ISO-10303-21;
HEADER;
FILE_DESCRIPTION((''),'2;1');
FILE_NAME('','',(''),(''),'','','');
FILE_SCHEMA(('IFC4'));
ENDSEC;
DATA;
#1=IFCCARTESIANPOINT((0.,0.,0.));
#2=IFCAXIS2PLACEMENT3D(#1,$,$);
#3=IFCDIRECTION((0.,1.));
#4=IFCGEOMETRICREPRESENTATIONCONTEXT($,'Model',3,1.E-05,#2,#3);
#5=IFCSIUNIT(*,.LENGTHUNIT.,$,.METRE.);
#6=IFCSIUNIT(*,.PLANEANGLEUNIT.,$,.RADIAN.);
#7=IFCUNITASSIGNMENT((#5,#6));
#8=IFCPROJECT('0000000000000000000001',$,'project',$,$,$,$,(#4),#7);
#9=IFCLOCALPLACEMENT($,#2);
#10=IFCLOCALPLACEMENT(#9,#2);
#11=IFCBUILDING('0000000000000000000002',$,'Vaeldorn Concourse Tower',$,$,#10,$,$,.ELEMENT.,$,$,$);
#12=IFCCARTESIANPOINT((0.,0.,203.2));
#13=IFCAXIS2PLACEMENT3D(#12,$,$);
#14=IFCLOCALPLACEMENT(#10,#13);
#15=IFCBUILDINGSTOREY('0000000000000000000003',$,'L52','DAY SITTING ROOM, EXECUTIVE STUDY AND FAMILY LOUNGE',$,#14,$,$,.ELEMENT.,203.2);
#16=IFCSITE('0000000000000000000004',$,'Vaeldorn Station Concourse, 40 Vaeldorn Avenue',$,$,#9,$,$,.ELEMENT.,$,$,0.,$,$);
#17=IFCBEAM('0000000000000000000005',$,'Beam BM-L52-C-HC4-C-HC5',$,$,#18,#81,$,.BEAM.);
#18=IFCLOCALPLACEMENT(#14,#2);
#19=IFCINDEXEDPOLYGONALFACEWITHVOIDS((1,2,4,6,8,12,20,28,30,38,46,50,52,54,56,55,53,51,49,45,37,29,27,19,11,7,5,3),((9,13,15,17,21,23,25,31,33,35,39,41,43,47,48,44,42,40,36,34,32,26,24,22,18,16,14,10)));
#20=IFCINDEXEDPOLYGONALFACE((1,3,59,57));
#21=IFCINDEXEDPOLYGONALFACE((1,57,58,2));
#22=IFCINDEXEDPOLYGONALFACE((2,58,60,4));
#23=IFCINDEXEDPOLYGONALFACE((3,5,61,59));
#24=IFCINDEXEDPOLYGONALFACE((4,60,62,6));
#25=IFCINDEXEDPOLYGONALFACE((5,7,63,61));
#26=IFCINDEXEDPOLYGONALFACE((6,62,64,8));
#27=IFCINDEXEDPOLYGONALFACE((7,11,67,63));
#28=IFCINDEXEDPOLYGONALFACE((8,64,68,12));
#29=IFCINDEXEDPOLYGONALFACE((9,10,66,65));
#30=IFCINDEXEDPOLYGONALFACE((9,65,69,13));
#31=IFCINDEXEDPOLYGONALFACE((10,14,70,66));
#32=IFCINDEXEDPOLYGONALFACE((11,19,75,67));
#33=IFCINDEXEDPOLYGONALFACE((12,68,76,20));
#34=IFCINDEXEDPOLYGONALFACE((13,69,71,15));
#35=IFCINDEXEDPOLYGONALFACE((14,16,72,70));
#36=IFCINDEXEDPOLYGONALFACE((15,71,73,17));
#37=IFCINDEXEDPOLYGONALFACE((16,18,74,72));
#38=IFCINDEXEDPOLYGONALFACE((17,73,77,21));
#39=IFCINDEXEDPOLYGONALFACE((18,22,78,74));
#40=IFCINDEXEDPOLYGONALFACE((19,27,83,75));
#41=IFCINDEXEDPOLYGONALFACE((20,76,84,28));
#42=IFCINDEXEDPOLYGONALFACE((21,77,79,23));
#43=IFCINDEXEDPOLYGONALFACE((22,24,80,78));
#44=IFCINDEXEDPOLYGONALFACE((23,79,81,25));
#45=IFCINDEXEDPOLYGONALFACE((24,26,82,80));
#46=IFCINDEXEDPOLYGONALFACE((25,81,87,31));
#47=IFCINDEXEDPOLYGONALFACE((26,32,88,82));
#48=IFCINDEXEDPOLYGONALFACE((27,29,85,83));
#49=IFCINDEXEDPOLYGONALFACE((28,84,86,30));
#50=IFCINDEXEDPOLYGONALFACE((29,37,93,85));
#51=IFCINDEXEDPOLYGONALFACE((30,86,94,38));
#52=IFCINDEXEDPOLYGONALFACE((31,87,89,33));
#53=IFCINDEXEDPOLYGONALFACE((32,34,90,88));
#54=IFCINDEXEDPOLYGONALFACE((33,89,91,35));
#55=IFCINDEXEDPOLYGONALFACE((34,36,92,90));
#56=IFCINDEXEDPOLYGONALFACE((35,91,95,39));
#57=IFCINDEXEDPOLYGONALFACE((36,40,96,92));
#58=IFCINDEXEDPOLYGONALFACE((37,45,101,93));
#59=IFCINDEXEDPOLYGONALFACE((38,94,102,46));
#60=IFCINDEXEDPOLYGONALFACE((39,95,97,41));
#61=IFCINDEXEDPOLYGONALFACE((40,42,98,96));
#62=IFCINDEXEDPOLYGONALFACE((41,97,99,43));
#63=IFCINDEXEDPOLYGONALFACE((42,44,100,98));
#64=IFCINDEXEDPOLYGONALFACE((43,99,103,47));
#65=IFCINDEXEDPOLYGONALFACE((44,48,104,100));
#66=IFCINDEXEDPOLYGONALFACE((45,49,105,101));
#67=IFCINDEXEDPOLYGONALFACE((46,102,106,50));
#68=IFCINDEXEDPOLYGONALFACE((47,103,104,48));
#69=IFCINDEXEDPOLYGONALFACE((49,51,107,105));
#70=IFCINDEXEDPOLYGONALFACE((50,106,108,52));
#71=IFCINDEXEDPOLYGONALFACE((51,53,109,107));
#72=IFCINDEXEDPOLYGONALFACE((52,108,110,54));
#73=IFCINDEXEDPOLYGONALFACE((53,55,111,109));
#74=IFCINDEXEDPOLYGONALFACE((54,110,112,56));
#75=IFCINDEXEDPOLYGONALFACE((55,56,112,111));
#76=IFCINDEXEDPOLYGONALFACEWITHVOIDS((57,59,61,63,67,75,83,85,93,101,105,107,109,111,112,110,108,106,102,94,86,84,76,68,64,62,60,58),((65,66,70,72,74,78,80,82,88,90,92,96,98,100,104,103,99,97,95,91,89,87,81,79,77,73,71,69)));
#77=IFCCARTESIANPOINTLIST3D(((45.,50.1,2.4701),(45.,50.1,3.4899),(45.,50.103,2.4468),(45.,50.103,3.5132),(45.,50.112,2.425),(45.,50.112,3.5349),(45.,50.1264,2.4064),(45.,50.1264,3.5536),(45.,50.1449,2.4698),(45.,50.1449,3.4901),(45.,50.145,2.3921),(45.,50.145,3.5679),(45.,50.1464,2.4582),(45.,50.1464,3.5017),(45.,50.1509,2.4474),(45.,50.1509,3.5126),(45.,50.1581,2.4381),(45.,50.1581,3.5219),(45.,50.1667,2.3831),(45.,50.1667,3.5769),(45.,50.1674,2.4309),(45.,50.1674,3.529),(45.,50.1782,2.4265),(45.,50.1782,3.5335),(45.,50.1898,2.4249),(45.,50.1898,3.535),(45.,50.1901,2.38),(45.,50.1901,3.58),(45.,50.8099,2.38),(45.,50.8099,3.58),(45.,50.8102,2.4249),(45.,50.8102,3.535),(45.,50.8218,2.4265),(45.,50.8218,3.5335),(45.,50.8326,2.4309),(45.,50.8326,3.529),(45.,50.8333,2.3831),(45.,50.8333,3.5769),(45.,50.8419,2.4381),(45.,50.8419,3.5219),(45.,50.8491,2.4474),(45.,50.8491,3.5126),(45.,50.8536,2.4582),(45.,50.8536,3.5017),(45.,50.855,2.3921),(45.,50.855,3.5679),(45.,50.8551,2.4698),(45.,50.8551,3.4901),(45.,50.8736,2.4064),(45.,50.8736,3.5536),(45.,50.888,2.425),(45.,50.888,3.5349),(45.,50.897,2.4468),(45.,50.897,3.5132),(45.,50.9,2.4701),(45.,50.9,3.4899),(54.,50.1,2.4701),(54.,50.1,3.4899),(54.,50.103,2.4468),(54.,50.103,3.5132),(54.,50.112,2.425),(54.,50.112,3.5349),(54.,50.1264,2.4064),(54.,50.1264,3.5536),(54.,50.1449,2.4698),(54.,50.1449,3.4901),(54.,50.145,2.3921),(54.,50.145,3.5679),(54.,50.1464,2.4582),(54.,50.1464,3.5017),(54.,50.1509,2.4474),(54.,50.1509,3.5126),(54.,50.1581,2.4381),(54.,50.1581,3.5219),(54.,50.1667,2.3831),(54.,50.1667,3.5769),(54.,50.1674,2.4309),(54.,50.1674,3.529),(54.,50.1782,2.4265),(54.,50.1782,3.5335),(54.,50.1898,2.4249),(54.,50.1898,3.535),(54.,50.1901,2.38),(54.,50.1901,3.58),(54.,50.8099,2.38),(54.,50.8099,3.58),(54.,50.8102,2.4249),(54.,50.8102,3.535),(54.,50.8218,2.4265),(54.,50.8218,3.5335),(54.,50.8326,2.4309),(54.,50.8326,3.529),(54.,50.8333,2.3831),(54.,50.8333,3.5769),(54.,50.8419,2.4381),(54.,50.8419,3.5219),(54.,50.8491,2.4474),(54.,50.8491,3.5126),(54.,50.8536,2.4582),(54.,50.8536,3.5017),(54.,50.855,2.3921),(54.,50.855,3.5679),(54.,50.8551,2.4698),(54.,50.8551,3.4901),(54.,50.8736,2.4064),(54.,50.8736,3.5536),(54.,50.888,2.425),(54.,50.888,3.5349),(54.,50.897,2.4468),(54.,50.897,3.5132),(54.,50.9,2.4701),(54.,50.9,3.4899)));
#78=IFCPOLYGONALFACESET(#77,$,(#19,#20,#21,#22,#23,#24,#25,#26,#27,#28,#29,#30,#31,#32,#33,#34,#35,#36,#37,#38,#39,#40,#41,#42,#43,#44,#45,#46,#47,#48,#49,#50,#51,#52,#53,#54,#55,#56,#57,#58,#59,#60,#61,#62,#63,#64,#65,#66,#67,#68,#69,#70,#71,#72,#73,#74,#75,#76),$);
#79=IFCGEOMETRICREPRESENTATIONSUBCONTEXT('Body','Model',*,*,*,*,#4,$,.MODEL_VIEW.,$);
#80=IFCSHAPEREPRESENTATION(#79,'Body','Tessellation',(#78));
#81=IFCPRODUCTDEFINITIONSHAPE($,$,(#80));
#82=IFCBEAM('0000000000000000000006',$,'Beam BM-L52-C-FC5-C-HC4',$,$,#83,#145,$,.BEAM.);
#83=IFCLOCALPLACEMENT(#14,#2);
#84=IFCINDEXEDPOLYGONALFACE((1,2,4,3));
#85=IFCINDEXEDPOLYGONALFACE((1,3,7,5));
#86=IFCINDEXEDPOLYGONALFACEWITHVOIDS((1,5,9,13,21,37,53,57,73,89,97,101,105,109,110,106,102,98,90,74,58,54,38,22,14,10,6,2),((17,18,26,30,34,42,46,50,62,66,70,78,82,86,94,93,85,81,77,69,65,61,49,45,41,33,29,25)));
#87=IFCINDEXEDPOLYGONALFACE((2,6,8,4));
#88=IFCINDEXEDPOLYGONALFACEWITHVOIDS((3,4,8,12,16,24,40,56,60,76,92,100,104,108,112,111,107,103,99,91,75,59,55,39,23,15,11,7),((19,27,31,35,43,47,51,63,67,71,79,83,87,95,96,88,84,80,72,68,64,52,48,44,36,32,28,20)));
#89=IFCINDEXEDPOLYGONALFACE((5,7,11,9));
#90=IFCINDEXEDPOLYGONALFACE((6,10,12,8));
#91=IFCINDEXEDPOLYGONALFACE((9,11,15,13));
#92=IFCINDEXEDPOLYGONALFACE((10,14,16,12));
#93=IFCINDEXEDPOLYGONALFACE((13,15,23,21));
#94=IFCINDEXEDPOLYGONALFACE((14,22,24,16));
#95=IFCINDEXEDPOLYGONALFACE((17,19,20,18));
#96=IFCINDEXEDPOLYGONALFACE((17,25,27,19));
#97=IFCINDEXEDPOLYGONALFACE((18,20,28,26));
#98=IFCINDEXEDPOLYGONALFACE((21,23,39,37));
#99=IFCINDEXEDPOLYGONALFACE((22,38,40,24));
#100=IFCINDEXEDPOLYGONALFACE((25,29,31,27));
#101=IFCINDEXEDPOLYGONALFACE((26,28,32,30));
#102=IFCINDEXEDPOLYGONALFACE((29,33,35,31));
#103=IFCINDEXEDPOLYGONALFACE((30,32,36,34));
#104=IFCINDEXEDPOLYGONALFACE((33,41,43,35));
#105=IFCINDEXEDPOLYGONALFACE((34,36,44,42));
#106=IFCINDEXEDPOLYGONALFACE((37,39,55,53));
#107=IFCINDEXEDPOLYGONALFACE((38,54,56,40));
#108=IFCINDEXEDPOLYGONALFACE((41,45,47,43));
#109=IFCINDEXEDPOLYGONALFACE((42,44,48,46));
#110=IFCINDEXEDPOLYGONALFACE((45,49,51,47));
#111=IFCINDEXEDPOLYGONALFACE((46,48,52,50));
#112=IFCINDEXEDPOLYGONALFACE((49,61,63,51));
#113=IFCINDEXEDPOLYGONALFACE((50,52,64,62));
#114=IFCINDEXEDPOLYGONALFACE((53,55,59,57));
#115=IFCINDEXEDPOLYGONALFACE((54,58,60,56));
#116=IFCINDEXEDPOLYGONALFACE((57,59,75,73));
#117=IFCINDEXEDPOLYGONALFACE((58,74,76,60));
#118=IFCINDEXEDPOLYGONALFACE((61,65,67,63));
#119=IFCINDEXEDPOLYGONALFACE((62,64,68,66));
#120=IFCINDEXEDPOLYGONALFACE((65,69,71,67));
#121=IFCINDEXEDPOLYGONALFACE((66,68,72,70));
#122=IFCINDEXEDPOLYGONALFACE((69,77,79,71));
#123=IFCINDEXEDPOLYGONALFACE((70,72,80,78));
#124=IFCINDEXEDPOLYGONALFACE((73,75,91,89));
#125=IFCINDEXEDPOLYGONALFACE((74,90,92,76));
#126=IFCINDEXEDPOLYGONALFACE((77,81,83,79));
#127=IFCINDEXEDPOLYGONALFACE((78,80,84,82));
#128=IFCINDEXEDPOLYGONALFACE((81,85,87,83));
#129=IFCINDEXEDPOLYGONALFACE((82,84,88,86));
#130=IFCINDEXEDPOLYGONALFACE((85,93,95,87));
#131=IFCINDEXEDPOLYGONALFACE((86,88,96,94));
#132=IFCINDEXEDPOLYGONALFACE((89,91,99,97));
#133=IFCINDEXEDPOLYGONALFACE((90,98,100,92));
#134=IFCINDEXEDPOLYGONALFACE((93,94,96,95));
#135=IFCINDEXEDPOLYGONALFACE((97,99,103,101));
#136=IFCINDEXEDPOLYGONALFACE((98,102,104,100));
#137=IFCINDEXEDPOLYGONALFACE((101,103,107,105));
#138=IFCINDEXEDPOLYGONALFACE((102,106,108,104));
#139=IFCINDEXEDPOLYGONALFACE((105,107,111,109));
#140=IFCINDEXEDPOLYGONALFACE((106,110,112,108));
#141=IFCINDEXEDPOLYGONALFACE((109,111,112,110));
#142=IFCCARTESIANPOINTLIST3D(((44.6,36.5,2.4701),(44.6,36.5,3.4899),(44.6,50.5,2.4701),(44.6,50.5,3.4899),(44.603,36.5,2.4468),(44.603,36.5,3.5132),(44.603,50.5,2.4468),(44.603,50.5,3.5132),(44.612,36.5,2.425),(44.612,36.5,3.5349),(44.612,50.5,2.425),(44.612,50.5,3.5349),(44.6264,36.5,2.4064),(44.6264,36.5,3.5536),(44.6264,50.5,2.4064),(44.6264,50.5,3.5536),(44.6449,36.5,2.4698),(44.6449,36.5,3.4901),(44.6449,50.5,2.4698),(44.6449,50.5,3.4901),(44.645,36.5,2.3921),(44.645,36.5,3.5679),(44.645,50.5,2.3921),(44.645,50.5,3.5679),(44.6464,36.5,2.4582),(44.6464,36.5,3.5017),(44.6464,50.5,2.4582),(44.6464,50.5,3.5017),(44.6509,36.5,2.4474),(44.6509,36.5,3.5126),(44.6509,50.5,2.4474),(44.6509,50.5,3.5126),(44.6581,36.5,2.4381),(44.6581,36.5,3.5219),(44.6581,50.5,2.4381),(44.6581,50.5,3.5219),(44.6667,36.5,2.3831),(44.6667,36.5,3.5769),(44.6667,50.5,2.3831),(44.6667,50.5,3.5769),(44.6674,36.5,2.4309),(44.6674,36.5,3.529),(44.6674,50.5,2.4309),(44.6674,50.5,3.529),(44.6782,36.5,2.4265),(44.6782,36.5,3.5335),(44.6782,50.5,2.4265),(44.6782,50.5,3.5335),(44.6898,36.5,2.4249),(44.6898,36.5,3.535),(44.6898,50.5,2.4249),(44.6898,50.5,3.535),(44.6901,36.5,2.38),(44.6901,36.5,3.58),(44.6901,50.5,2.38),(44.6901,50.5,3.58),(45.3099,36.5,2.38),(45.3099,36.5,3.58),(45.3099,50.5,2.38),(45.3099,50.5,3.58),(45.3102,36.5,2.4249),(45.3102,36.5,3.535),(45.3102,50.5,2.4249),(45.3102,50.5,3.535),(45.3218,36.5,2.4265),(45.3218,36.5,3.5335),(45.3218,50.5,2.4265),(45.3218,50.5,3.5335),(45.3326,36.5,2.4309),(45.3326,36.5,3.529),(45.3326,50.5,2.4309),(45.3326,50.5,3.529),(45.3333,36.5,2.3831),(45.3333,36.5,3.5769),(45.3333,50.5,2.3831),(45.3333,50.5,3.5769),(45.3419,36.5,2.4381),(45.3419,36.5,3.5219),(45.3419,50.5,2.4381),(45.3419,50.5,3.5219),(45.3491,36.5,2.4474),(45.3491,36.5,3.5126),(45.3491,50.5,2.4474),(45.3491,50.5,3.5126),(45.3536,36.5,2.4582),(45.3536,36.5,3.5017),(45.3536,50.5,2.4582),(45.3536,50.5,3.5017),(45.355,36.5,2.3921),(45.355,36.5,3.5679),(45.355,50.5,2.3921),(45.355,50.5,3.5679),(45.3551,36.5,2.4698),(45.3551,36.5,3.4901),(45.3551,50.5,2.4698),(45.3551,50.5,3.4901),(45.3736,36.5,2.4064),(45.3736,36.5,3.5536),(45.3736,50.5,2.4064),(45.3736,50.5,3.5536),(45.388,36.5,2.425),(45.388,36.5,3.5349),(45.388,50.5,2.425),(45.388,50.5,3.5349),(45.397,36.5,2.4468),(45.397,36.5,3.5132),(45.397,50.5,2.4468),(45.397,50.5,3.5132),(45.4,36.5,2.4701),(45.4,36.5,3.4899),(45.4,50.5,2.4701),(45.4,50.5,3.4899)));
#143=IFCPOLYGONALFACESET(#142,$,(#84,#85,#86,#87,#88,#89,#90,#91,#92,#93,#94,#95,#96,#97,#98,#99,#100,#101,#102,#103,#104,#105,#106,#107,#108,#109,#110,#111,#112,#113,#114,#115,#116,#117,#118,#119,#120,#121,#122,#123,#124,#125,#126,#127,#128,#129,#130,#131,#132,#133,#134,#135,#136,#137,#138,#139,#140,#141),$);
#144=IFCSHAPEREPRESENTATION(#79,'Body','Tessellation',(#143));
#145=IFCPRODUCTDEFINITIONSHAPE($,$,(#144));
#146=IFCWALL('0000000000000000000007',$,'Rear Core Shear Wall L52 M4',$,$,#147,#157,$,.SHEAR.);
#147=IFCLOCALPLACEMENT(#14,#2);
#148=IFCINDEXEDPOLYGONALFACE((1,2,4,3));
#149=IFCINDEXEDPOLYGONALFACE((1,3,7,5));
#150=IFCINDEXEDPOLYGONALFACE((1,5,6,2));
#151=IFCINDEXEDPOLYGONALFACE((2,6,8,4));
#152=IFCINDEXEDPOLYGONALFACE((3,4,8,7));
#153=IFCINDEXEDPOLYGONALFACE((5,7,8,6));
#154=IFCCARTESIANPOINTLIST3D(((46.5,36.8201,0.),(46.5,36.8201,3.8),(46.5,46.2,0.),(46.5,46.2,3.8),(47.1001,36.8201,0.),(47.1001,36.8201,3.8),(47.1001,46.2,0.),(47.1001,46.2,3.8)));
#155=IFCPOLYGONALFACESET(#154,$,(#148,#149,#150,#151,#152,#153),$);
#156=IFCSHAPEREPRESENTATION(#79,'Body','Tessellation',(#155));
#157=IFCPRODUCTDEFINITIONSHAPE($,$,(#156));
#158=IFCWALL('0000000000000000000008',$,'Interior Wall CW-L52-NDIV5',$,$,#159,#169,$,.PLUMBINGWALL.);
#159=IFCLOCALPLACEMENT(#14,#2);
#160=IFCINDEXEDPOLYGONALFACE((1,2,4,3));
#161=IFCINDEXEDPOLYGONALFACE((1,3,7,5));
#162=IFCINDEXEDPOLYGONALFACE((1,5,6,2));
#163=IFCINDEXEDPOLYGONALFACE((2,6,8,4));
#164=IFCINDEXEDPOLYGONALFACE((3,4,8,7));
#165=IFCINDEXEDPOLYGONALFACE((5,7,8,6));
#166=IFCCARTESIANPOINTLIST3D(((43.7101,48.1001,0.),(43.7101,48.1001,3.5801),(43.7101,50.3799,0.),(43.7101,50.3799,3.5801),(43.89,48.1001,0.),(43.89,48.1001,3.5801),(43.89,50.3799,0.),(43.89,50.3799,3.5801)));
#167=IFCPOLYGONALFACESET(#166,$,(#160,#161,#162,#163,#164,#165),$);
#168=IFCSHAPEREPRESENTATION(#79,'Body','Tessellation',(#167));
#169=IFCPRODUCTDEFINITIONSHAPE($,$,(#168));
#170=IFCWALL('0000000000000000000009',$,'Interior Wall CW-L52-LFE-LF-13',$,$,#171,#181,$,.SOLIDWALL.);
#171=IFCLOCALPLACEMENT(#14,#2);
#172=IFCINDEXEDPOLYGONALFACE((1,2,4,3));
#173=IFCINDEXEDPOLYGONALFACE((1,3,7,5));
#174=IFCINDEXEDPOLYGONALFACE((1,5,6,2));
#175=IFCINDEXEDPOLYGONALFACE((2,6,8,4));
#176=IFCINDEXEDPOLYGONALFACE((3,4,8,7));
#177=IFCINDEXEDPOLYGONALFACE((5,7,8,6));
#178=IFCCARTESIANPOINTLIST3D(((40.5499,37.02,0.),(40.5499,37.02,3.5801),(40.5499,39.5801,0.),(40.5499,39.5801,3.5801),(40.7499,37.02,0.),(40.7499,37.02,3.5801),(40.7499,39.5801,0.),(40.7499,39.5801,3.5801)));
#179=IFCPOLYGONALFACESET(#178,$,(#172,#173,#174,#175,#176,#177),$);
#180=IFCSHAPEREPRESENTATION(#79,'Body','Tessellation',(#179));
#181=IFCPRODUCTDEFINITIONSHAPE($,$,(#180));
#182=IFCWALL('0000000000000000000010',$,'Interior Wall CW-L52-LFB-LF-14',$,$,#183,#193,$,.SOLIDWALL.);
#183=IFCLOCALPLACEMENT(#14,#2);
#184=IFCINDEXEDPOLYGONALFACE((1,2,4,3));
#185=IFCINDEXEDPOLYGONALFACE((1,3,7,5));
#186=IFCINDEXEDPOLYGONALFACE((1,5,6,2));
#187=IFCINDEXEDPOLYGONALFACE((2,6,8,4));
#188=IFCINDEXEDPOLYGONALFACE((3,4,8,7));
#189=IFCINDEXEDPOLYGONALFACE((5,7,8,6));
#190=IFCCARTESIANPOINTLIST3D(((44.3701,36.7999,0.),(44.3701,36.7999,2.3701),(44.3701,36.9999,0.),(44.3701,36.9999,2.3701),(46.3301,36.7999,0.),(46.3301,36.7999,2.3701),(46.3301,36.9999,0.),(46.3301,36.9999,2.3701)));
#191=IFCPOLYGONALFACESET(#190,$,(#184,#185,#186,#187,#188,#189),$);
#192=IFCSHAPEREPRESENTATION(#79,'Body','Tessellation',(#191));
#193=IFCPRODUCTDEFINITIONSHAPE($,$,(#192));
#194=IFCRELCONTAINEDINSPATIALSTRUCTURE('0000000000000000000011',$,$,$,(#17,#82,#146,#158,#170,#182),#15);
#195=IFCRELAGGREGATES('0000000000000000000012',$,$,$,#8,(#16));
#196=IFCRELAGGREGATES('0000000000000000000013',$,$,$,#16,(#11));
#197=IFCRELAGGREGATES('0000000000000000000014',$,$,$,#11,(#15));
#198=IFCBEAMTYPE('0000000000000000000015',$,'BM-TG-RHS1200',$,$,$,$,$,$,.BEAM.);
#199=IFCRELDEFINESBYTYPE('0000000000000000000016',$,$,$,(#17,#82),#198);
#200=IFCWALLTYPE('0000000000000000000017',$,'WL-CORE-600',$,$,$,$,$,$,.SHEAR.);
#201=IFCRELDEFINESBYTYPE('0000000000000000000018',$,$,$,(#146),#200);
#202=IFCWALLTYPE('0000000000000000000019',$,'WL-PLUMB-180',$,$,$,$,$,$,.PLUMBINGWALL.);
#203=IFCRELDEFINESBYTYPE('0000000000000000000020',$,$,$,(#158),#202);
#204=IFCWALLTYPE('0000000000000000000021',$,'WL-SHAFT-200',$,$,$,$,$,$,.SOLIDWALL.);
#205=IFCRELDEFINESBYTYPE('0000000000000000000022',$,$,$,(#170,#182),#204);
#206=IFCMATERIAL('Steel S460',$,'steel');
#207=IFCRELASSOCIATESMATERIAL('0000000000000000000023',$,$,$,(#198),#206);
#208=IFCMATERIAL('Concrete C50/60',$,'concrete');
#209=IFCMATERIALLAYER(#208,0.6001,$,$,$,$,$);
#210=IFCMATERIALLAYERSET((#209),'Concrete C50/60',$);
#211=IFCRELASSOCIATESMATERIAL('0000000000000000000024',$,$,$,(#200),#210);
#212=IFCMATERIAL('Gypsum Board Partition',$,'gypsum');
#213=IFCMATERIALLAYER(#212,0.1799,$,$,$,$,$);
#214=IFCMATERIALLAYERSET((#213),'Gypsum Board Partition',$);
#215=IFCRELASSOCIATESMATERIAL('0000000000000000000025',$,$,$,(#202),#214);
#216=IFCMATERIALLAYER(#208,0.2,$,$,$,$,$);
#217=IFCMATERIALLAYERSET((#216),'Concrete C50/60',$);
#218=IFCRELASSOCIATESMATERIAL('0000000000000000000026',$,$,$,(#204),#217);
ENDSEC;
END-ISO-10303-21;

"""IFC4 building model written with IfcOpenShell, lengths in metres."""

from ifc_helpers import new_model, si_unit, direction, frame, frame_2d, origin, origin_2d, place, context, subcontext, project, spatial, rectangle, hollow_rectangle, extrude, source, transform, mapped, material, layer, layer_set, material_profile, profile_set, type_object, element, save


model = new_model("IFC4")

# Units and contexts
model_context = context("Model", 3, precision=1e-05, world=origin(), true_north=direction((0.0, 1.0)))
body_context = subcontext(model_context, "Body", "Model", "MODEL_VIEW")
ifc_project = project(units=[si_unit("LENGTHUNIT", "METRE"), si_unit("PLANEANGLEUNIT", "RADIAN")], contexts=[model_context])

# Site, building, storey
site_placement = place(None, origin())
site = spatial("IfcSite", under=ifc_project, at=site_placement, Name="Vaeldorn Station Concourse, 40 Vaeldorn Avenue", CompositionType="ELEMENT", RefElevation=0.0)
building_placement = place(site_placement, origin())
building = spatial("IfcBuilding", under=site, at=building_placement, Name="Vaeldorn Concourse Tower", CompositionType="ELEMENT")
storey_placement = place(building_placement, frame((0.0, 0.0, 203.2)))
storey = spatial("IfcBuildingStorey", under=building, at=storey_placement, Name="L52", Description="DAY SITTING ROOM, EXECUTIVE STUDY AND FAMILY LOUNGE", CompositionType="ELEMENT", Elevation=203.2)

# Shared definitions
ifc_material_1 = material(Name="Steel S460", Category="steel")

# Beams
ifc_material_2 = material(Name="Concrete C50/60", Category="concrete")
ifc_material_profile_1 = material_profile(ifc_material_1, hollow_rectangle(XDim=0.8, YDim=1.2, WallThickness=0.0449, InnerFilletRadius=0.0449, OuterFilletRadius=0.0901, at=origin_2d()), Name="RHS 1200x800x45")
ifc_profile_set_1 = profile_set([ifc_material_profile_1], Name="Steel S460")
beam_type_1 = type_object("IfcBeamType", Name="BM-TG-RHS1200", PredefinedType="BEAM", material=ifc_profile_set_1)
shared_shape_1 = source(origin(), body_context, "Body", "SweptSolid", [
    extrude(hollow_rectangle(XDim=0.8, YDim=1.2, WallThickness=0.0449, InnerFilletRadius=0.0449, OuterFilletRadius=0.0901, at=origin_2d()), origin(), (0.0, 0.0, 1.0), 9.0),
])
beam_1_placement = place(storey_placement, frame((45.0, 50.5, 2.98), z_axis=(1.0, 0.0, 0.0), x_axis=(0.0, 1.0, 0.0)))
element("IfcBeam", 1, at=beam_1_placement, inside=storey, type_object=beam_type_1, Name="Beam BM-L52-C-HC4-C-HC5", PredefinedType="BEAM", context=body_context, shape_type="MappedRepresentation", body=[
    mapped(shared_shape_1, transform((0.0, 0.0, 0.0), scale=1.0)),
])
shared_shape_2 = source(origin(), body_context, "Body", "SweptSolid", [
    extrude(hollow_rectangle(XDim=0.8, YDim=1.2, WallThickness=0.0449, InnerFilletRadius=0.0449, OuterFilletRadius=0.0901, at=origin_2d()), origin(), (0.0, 0.0, 1.0), 14.0),
])
beam_2_placement = place(storey_placement, frame((45.0, 36.5, 2.98), z_axis=(0.0, 1.0, 0.0), x_axis=(-1.0, 0.0, 0.0)))
element("IfcBeam", 2, at=beam_2_placement, inside=storey, type_object=beam_type_1, Name="Beam BM-L52-C-FC5-C-HC4", PredefinedType="BEAM", context=body_context, shape_type="MappedRepresentation", body=[
    mapped(shared_shape_2, transform((0.0, 0.0, 0.0), scale=1.0)),
])

# Walls
ifc_layer_1 = layer(ifc_material_2, 0.6001)
ifc_layer_set_1 = layer_set([ifc_layer_1], Name="Concrete C50/60")
wall_type_1 = type_object("IfcWallType", Name="WL-CORE-600", PredefinedType="SHEAR", material=ifc_layer_set_1)
wall_1_placement = place(storey_placement, frame((46.8, 36.8201, 0.0), z_axis=(0.0, 0.0, 1.0), x_axis=(0.0, 1.0, 0.0)))
element("IfcWall", 3, at=wall_1_placement, inside=storey, type_object=wall_type_1, Name="Rear Core Shear Wall L52 M4", PredefinedType="SHEAR", context=body_context, shape_type="SweptSolid", body=[
    extrude(rectangle(XDim=9.3799, YDim=0.6001, at=frame_2d((4.6899, 0.0))), origin(), (0.0, 0.0, 1.0), 3.8),
])
ifc_material_3 = material(Name="Gypsum Board Partition", Category="gypsum")
ifc_layer_2 = layer(ifc_material_3, 0.1799)
ifc_layer_set_2 = layer_set([ifc_layer_2], Name="Gypsum Board Partition")
wall_type_2 = type_object("IfcWallType", Name="WL-PLUMB-180", PredefinedType="PLUMBINGWALL", material=ifc_layer_set_2)
wall_2_placement = place(storey_placement, frame((43.8, 48.1001, 0.0), z_axis=(0.0, 0.0, 1.0), x_axis=(0.0, 1.0, 0.0)))
element("IfcWall", 4, at=wall_2_placement, inside=storey, type_object=wall_type_2, Name="Interior Wall CW-L52-NDIV5", PredefinedType="PLUMBINGWALL", context=body_context, shape_type="SweptSolid", body=[
    extrude(rectangle(XDim=2.2798, YDim=0.1799, at=frame_2d((1.1399, 0.0))), origin(), (0.0, 0.0, 1.0), 3.5801),
])

# Shared definitions
ifc_layer_3 = layer(ifc_material_2, 0.2)
ifc_layer_set_3 = layer_set([ifc_layer_3], Name="Concrete C50/60")
wall_type_3 = type_object("IfcWallType", Name="WL-SHAFT-200", PredefinedType="SOLIDWALL", material=ifc_layer_set_3)

# Wall
wall_3_placement = place(storey_placement, frame((40.6499, 37.02, 0.0), z_axis=(0.0, 0.0, 1.0), x_axis=(0.0, 1.0, 0.0)))
element("IfcWall", 5, at=wall_3_placement, inside=storey, type_object=wall_type_3, Name="Interior Wall CW-L52-LFE-LF-13", PredefinedType="SOLIDWALL", context=body_context, shape_type="SweptSolid", body=[
    extrude(rectangle(XDim=2.5601, YDim=0.2, at=frame_2d((1.28, 0.0))), origin(), (0.0, 0.0, 1.0), 3.5801),
])

# Wall
wall_4_placement = place(storey_placement, frame((44.3701, 36.8999, 0.0), z_axis=(0.0, 0.0, 1.0), x_axis=(1.0, 0.0, 0.0)))
element("IfcWall", 6, at=wall_4_placement, inside=storey, type_object=wall_type_3, Name="Interior Wall CW-L52-LFB-LF-14", PredefinedType="SOLIDWALL", context=body_context, shape_type="SweptSolid", body=[
    extrude(rectangle(XDim=1.96, YDim=0.2, at=frame_2d((0.98, 0.0))), origin(), (0.0, 0.0, 1.0), 2.3701),
])

save(model, "model.ifc")
